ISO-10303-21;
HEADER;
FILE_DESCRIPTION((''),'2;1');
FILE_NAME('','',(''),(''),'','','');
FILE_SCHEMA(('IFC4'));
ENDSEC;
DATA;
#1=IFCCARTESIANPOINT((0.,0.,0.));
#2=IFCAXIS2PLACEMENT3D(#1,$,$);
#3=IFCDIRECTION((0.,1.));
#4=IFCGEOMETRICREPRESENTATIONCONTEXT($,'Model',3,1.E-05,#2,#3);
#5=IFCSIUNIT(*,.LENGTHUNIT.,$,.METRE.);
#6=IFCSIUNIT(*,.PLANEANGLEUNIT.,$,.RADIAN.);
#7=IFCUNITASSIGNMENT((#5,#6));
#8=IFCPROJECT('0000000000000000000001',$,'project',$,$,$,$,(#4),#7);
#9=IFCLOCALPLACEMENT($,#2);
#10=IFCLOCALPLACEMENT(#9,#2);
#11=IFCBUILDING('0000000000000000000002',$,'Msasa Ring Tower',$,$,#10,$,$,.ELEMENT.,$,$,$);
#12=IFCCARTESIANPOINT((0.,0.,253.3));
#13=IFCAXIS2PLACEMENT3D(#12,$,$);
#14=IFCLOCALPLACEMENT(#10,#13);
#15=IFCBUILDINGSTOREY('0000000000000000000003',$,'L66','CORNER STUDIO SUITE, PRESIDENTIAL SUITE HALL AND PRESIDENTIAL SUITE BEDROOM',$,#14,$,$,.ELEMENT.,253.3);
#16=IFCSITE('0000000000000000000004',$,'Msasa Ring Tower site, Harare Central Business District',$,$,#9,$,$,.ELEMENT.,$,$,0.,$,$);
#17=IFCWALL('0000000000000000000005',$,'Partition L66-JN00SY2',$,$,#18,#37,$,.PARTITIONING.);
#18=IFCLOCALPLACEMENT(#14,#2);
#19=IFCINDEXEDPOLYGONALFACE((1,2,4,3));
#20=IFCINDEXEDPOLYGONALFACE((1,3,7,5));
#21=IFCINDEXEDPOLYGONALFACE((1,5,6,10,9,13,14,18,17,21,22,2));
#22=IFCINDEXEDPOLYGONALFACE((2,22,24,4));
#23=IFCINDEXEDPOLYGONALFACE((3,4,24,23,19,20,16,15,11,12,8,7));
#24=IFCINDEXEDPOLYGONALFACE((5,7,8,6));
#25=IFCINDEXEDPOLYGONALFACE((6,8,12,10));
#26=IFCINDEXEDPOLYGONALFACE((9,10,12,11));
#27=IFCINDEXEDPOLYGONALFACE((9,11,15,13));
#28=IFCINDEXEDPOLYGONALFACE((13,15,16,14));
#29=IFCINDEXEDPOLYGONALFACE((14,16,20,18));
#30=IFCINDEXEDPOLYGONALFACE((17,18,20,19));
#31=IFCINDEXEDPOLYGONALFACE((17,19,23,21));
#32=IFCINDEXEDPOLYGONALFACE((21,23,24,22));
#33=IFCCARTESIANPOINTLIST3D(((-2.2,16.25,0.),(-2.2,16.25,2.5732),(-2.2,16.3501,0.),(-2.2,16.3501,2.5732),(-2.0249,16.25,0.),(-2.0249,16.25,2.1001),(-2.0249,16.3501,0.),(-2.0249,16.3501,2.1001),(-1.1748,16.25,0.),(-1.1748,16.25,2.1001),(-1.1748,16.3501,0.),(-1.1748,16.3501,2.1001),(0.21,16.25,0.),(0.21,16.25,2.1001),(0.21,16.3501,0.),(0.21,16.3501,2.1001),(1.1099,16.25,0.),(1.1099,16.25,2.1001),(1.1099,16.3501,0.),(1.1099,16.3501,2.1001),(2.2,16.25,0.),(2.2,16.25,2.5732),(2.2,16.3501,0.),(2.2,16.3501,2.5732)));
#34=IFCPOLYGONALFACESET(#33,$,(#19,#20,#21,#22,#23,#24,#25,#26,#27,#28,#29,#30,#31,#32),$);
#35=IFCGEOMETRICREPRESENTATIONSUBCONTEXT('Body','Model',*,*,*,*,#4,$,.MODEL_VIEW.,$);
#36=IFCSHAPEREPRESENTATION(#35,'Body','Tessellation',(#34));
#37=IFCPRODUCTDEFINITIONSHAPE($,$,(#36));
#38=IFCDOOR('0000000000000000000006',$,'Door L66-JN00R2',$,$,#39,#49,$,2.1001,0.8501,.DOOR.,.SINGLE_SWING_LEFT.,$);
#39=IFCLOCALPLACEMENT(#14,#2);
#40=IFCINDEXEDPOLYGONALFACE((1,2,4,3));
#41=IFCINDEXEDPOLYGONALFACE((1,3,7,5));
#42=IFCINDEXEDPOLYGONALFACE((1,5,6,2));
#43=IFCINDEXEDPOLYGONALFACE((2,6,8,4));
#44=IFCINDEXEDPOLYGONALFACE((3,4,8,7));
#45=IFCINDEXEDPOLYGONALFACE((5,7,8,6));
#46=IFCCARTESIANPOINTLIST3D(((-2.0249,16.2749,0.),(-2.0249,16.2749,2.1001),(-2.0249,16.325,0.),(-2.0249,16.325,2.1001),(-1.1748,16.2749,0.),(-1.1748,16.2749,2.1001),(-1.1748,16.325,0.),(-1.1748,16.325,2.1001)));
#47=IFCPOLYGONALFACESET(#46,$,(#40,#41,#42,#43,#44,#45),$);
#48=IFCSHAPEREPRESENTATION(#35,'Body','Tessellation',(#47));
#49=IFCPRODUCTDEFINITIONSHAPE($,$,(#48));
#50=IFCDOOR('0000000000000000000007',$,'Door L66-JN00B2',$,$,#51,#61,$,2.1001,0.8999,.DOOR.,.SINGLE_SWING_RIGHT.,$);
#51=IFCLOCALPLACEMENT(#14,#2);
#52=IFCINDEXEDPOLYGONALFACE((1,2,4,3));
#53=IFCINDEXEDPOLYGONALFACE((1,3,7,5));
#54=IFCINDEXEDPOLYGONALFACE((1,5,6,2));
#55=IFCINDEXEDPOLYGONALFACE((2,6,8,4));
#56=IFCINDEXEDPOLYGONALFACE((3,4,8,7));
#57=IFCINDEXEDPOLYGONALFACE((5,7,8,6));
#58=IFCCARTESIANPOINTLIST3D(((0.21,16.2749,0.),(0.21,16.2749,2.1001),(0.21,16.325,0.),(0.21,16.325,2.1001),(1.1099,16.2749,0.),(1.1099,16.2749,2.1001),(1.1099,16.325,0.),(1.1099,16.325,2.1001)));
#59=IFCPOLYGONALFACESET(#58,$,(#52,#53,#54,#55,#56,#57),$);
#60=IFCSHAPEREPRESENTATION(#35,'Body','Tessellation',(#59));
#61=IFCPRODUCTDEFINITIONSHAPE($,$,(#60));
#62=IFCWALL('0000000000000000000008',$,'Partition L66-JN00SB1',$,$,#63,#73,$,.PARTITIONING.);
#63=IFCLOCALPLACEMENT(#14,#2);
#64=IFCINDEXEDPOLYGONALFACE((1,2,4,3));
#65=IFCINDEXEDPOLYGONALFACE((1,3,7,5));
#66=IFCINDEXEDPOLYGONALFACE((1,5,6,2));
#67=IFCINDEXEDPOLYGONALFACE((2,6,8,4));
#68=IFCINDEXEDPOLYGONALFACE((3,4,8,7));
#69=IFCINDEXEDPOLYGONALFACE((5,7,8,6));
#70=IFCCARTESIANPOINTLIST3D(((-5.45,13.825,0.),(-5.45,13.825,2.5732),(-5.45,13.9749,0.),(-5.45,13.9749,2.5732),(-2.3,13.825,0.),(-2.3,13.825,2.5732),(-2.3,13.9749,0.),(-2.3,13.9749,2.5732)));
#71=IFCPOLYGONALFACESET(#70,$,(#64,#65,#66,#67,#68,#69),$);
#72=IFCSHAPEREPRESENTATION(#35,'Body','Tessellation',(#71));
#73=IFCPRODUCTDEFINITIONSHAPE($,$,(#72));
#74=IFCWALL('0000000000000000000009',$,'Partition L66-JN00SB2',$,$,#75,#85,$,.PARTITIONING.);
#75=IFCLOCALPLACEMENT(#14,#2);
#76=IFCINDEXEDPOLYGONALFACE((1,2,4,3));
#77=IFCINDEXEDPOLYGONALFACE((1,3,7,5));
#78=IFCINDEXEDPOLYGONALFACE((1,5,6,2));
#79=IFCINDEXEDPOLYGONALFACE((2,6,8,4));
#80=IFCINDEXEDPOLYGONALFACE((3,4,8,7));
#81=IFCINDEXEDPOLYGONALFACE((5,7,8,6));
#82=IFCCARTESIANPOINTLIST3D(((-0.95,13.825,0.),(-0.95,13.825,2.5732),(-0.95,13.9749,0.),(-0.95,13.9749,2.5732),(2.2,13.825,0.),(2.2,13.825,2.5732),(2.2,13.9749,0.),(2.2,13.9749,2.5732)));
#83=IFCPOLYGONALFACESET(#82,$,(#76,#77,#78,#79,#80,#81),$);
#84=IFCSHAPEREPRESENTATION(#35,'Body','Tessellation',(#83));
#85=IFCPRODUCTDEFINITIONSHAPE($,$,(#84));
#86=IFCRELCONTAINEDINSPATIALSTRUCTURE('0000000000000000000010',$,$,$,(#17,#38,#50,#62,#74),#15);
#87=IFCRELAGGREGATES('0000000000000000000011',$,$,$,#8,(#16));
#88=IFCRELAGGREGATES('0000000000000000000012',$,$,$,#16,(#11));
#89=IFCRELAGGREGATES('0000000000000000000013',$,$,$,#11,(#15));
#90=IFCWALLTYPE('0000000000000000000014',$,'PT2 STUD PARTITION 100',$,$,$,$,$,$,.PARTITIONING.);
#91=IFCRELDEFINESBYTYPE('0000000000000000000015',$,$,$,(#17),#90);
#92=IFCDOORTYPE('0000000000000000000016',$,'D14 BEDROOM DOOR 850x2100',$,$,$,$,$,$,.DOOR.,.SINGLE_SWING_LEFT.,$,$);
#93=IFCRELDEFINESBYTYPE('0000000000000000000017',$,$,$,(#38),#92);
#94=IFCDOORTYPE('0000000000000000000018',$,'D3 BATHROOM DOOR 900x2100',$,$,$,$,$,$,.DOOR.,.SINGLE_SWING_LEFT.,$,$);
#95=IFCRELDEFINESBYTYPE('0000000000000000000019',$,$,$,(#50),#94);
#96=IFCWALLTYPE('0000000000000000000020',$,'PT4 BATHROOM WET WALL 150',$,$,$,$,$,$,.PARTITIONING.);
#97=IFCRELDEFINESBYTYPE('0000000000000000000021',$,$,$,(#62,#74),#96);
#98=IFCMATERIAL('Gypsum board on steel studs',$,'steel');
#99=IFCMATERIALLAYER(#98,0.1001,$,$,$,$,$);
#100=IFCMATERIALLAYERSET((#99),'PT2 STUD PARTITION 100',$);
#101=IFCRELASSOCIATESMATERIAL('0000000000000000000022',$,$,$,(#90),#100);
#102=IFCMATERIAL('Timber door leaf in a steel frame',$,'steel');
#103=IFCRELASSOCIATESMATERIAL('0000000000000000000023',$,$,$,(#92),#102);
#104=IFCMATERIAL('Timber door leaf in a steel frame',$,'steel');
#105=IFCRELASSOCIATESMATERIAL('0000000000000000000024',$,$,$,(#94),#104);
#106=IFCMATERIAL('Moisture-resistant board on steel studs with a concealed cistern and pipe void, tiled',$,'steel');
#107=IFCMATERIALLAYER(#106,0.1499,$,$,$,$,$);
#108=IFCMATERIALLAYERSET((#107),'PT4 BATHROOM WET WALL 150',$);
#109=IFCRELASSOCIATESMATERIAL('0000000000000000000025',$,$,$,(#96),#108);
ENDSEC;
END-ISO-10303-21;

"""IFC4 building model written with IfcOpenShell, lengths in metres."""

from ifc_helpers import new_model, si_unit, direction, frame, frame_2d, origin, place, context, subcontext, project, spatial, rectangle, extrude, material, layer, layer_set, type_object, element, fill, save


model = new_model("IFC4")

# Units and contexts
model_context = context("Model", 3, precision=1e-05, world=origin(), true_north=direction((0.0, 1.0)))
body_context = subcontext(model_context, "Body", "Model", "MODEL_VIEW")
ifc_project = project(units=[si_unit("LENGTHUNIT", "METRE"), si_unit("PLANEANGLEUNIT", "RADIAN")], contexts=[model_context])

# Site, building, storey
site_placement = place(None, origin())
site = spatial("IfcSite", under=ifc_project, at=site_placement, Name="Msasa Ring Tower site, Harare Central Business District", CompositionType="ELEMENT", RefElevation=0.0)
building_placement = place(site_placement, origin())
building = spatial("IfcBuilding", under=site, at=building_placement, Name="Msasa Ring Tower", CompositionType="ELEMENT")
storey_placement = place(building_placement, frame((0.0, 0.0, 253.3)))
storey = spatial("IfcBuildingStorey", under=building, at=storey_placement, Name="L66", Description="CORNER STUDIO SUITE, PRESIDENTIAL SUITE HALL AND PRESIDENTIAL SUITE BEDROOM", CompositionType="ELEMENT", Elevation=253.3)

# Wall, openings, doors
ifc_material_1 = material(Name="Gypsum board on steel studs", Category="steel")
ifc_layer_1 = layer(ifc_material_1, 0.1001)
ifc_layer_set_1 = layer_set([ifc_layer_1], Name="PT2 STUD PARTITION 100")
wall_type_1 = type_object("IfcWallType", Name="PT2 STUD PARTITION 100", PredefinedType="PARTITIONING", material=ifc_layer_set_1)
ifc_material_2 = material(Name="Timber door leaf in a steel frame", Category="steel")
door_type_1 = type_object("IfcDoorType", Name="D14 BEDROOM DOOR 850x2100", OperationType="SINGLE_SWING_LEFT", PredefinedType="DOOR", material=ifc_material_2)
ifc_material_3 = material(Name="Timber door leaf in a steel frame", Category="steel")
door_type_2 = type_object("IfcDoorType", Name="D3 BATHROOM DOOR 900x2100", OperationType="SINGLE_SWING_LEFT", PredefinedType="DOOR", material=ifc_material_3)
wall_1_placement = place(storey_placement, frame((-2.2, 16.3, 0.0), z_axis=(0.0, 0.0, 1.0), x_axis=(1.0, 0.0, 0.0)))
wall_1 = element("IfcWall", 1, at=wall_1_placement, inside=storey, type_object=wall_type_1, Name="Partition L66-JN00SY2", PredefinedType="PARTITIONING", context=body_context, shape_type="SweptSolid", body=[
    extrude(rectangle(XDim=4.3999, YDim=0.1001, at=frame_2d((2.2, 0.0))), origin(), (0.0, 0.0, 1.0), 2.5732),
])
opening_1_placement = place(wall_1_placement, frame((0.175, 0.0, 0.0)))
opening_1 = element("IfcOpeningElement", 2, at=opening_1_placement, cuts=wall_1, PredefinedType="OPENING", context=body_context, shape_type="SweptSolid", body=[
    extrude(rectangle(XDim=0.8501, YDim=2.1001, at=frame_2d((0.425, 1.05))), frame((0.0, 0.0601, 0.0), z_axis=(0.0, -1.0, 0.0), x_axis=(1.0, 0.0, 0.0)), (0.0, 0.0, 1.0), 0.1201),
])
opening_2_placement = place(wall_1_placement, frame((2.4099, 0.0, 0.0)))
opening_2 = element("IfcOpeningElement", 3, at=opening_2_placement, cuts=wall_1, PredefinedType="OPENING", context=body_context, shape_type="SweptSolid", body=[
    extrude(rectangle(XDim=0.8999, YDim=2.1001, at=frame_2d((0.45, 1.05))), frame((0.0, 0.0601, 0.0), z_axis=(0.0, -1.0, 0.0), x_axis=(1.0, 0.0, 0.0)), (0.0, 0.0, 1.0), 0.1201),
])
door_1_placement = place(opening_1_placement, origin())
door_1 = element("IfcDoor", 4, at=door_1_placement, inside=storey, type_object=door_type_1, Name="Door L66-JN00R2", OperationType="SINGLE_SWING_LEFT", OverallHeight=2.1001, OverallWidth=0.8501, PredefinedType="DOOR", context=body_context, shape_type="SweptSolid", body=[
    extrude(rectangle(XDim=0.8501, YDim=2.1001, at=frame_2d((0.425, 1.05))), frame((0.0, 0.0249, 0.0), z_axis=(0.0, -1.0, 0.0), x_axis=(1.0, 0.0, 0.0)), (0.0, 0.0, 1.0), 0.05),
])
fill(opening_1, door_1)
door_2_placement = place(opening_2_placement, origin())
door_2 = element("IfcDoor", 5, at=door_2_placement, inside=storey, type_object=door_type_2, Name="Door L66-JN00B2", OperationType="SINGLE_SWING_RIGHT", OverallHeight=2.1001, OverallWidth=0.8999, PredefinedType="DOOR", context=body_context, shape_type="SweptSolid", body=[
    extrude(rectangle(XDim=0.8999, YDim=2.1001, at=frame_2d((0.45, 1.05))), frame((0.0, 0.0249, 0.0), z_axis=(0.0, -1.0, 0.0), x_axis=(1.0, 0.0, 0.0)), (0.0, 0.0, 1.0), 0.05),
])
fill(opening_2, door_2)

# Walls
ifc_material_4 = material(Name="Moisture-resistant board on steel studs with a concealed cistern and pipe void, tiled", Category="steel")
ifc_layer_2 = layer(ifc_material_4, 0.1499)
ifc_layer_set_2 = layer_set([ifc_layer_2], Name="PT4 BATHROOM WET WALL 150")
wall_type_2 = type_object("IfcWallType", Name="PT4 BATHROOM WET WALL 150", PredefinedType="PARTITIONING", material=ifc_layer_set_2)
for number, where, z_axis, x_axis, name in (
    (6, (-5.45, 13.8999, 0.0), (0.0, 0.0, 1.0), (1.0, 0.0, 0.0), "Partition L66-JN00SB1"),
    (7, (-0.95, 13.8999, 0.0), (0.0, 0.0, 1.0), (1.0, 0.0, 0.0), "Partition L66-JN00SB2"),
):
    element("IfcWall", number, at=place(storey_placement, frame(where, z_axis=z_axis, x_axis=x_axis)), inside=storey, type_object=wall_type_2, Name=name, PredefinedType="PARTITIONING", context=body_context, shape_type="SweptSolid", body=[
        extrude(rectangle(XDim=3.1499, YDim=0.1499, at=frame_2d((1.575, 0.0))), origin(), (0.0, 0.0, 1.0), 2.5732),
    ])

save(model, "model.ifc")
